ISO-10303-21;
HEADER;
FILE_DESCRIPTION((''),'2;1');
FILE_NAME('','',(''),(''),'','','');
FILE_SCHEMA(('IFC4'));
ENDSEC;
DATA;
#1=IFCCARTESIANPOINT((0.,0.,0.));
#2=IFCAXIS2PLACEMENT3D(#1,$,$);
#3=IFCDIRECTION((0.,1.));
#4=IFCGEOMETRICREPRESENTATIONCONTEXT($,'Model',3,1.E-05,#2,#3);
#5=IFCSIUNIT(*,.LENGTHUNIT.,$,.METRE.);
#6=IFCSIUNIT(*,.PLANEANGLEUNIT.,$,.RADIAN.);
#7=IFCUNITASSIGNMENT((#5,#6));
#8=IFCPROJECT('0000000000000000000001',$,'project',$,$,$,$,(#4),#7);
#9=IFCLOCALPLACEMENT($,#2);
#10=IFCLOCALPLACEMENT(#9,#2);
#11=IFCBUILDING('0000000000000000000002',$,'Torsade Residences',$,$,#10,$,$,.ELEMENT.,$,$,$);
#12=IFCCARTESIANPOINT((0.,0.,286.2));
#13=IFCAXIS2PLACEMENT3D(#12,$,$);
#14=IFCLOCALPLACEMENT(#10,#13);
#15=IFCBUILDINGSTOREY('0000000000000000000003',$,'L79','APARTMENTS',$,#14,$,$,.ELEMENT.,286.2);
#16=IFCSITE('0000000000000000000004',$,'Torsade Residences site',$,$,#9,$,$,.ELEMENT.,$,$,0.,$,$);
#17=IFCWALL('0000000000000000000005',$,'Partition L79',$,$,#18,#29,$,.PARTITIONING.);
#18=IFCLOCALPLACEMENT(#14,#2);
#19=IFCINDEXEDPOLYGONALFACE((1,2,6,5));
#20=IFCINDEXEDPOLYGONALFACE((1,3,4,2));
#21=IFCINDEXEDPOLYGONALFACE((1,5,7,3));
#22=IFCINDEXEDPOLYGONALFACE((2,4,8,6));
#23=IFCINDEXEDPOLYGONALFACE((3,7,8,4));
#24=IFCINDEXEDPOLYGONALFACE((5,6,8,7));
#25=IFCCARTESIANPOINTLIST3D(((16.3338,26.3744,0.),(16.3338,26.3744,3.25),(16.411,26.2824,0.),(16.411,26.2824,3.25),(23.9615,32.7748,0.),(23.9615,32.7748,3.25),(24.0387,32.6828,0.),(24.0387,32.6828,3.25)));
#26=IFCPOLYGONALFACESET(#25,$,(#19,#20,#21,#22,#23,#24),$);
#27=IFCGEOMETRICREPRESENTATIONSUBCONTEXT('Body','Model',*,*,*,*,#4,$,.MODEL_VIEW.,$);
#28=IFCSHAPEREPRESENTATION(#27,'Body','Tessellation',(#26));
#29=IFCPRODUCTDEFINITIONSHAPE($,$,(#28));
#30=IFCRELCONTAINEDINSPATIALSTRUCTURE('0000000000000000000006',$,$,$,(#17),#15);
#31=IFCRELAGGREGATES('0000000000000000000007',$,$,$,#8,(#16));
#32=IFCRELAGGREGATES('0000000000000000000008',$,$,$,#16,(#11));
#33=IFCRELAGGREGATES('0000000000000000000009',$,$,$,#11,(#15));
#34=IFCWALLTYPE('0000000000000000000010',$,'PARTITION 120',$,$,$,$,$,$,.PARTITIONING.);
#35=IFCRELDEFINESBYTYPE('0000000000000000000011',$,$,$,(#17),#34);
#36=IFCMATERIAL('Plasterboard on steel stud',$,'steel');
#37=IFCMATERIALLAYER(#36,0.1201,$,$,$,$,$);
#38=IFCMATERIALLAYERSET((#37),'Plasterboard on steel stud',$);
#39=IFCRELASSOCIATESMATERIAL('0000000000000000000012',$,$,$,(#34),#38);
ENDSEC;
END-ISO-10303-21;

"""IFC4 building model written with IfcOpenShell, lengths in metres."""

from ifc_helpers import new_model, si_unit, direction, frame, frame_2d, origin, place, context, subcontext, project, spatial, rectangle, extrude, material, layer, layer_set, type_object, element, save


model = new_model("IFC4")

# Units and contexts
model_context = context("Model", 3, precision=1e-05, world=origin(), true_north=direction((0.0, 1.0)))
body_context = subcontext(model_context, "Body", "Model", "MODEL_VIEW")
ifc_project = project(units=[si_unit("LENGTHUNIT", "METRE"), si_unit("PLANEANGLEUNIT", "RADIAN")], contexts=[model_context])

# Site, building, storey
site_placement = place(None, origin())
site = spatial("IfcSite", under=ifc_project, at=site_placement, Name="Torsade Residences site", CompositionType="ELEMENT", RefElevation=0.0)
building_placement = place(site_placement, origin())
building = spatial("IfcBuilding", under=site, at=building_placement, Name="Torsade Residences", CompositionType="ELEMENT")
storey_placement = place(building_placement, frame((0.0, 0.0, 286.2)))
storey = spatial("IfcBuildingStorey", under=building, at=storey_placement, Name="L79", Description="APARTMENTS", CompositionType="ELEMENT", Elevation=286.2)

# Shared definitions
ifc_material_1 = material(Name="Plasterboard on steel stud", Category="steel")
ifc_layer_1 = layer(ifc_material_1, 0.1201)
ifc_layer_set_1 = layer_set([ifc_layer_1], Name="Plasterboard on steel stud")
wall_type_1 = type_object("IfcWallType", Name="PARTITION 120", PredefinedType="PARTITIONING", material=ifc_layer_set_1)

# Wall
wall_1_placement = place(storey_placement, frame((24.0, 32.7288, 0.0), z_axis=(0.0, 0.0, 1.0), x_axis=(-0.766044, -0.642788, 0.0)))
element("IfcWall", 1, at=wall_1_placement, inside=storey, type_object=wall_type_1, Name="Partition L79", PredefinedType="PARTITIONING", context=body_context, shape_type="SweptSolid", body=[
    extrude(rectangle(XDim=9.9573, YDim=0.1201, at=frame_2d((4.9785, 0.0))), origin(), (0.0, 0.0, 1.0), 3.25),
])

save(model, "model.ifc")
